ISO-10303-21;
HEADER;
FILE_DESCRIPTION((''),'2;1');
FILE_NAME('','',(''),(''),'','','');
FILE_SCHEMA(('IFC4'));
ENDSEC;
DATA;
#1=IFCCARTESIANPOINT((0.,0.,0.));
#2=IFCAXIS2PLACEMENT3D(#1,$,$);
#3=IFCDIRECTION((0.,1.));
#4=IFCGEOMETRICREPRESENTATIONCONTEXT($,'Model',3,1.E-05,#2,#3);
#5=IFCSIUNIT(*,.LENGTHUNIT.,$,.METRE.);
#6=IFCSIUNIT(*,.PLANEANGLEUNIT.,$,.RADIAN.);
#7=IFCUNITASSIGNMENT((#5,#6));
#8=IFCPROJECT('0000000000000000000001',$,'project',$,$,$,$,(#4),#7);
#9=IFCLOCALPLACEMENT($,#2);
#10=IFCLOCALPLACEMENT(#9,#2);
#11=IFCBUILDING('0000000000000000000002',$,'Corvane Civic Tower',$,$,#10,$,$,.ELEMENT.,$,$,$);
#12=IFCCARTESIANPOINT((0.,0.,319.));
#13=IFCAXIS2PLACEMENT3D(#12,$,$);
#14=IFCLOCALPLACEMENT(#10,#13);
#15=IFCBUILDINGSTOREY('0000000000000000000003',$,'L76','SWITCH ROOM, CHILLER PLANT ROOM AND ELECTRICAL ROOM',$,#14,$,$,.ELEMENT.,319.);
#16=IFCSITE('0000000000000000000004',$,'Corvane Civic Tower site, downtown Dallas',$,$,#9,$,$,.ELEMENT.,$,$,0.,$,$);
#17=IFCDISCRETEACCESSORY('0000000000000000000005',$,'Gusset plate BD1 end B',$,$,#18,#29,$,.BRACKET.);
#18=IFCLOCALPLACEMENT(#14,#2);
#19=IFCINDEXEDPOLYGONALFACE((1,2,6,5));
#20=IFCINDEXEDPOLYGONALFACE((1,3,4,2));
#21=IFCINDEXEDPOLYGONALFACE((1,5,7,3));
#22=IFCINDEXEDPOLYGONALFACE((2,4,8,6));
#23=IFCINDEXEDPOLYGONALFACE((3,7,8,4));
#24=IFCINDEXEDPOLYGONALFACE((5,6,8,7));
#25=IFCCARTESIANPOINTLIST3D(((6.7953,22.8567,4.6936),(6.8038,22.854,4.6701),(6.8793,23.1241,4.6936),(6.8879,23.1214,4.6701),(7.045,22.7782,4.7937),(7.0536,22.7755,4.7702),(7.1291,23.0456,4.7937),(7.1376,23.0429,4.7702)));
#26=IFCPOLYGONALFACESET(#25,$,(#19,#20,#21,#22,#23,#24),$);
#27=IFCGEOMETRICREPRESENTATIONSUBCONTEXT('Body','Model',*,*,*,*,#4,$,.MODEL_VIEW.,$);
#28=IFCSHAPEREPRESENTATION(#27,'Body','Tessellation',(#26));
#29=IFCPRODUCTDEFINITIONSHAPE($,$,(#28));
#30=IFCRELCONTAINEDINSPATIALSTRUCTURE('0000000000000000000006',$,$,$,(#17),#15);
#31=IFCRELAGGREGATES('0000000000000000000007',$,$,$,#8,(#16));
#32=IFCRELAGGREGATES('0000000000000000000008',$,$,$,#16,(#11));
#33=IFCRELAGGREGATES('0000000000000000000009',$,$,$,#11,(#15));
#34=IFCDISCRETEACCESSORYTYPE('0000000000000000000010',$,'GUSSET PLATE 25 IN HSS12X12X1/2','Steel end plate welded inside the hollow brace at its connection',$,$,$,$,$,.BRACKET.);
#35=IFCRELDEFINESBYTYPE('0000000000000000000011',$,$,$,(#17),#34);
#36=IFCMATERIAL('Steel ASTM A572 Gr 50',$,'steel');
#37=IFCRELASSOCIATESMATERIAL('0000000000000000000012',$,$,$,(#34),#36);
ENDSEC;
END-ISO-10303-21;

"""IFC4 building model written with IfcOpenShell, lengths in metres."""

from ifc_helpers import new_model, si_unit, direction, frame, origin, origin_2d, place, context, subcontext, project, spatial, rectangle, extrude, material, material_profile, profile_set, type_object, element, save


model = new_model("IFC4")

# Units and contexts
model_context = context("Model", 3, precision=1e-05, world=origin(), true_north=direction((0.0, 1.0)))
body_context = subcontext(model_context, "Body", "Model", "MODEL_VIEW")
ifc_project = project(units=[si_unit("LENGTHUNIT", "METRE"), si_unit("PLANEANGLEUNIT", "RADIAN")], contexts=[model_context])

# Site, building, storey
site_placement = place(None, origin())
site = spatial("IfcSite", under=ifc_project, at=site_placement, Name="Corvane Civic Tower site, downtown Dallas", CompositionType="ELEMENT", RefElevation=0.0)
building_placement = place(site_placement, origin())
building = spatial("IfcBuilding", under=site, at=building_placement, Name="Corvane Civic Tower", CompositionType="ELEMENT")
storey_placement = place(building_placement, frame((0.0, 0.0, 319.0)))
storey = spatial("IfcBuildingStorey", under=building, at=storey_placement, Name="L76", Description="SWITCH ROOM, CHILLER PLANT ROOM AND ELECTRICAL ROOM", CompositionType="ELEMENT", Elevation=319.0)

# Discrete accessory
ifc_material_1 = material(Name="Steel ASTM A572 Gr 50", Category="steel")
ifc_material_profile_1 = material_profile(ifc_material_1, rectangle(XDim=0.2803, YDim=0.2803, at=origin_2d()), Name="GUSSET PLATE 25 IN HSS12X12X1/2")
ifc_profile_set_1 = profile_set([ifc_material_profile_1], Name="Steel ASTM A572 Gr 50")
discrete_accessory_type = type_object("IfcDiscreteAccessoryType", Name="GUSSET PLATE 25 IN HSS12X12X1/2", Description="Steel end plate welded inside the hollow brace at its connection", PredefinedType="BRACKET", material=ifc_profile_set_1)
discrete_accessory_1_placement = place(storey_placement, frame((6.9622, 22.9512, 4.7437), z_axis=(0.340561, -0.107033, -0.93411), x_axis=(0.299827, 0.953994, 0.0)))
element("IfcDiscreteAccessory", 1, at=discrete_accessory_1_placement, inside=storey, type_object=discrete_accessory_type, Name="Gusset plate BD1 end B", PredefinedType="BRACKET", context=body_context, shape_type="SweptSolid", body=[
    extrude(rectangle(XDim=0.2803, YDim=0.2803, at=origin_2d()), origin(), (0.0, 0.0, 1.0), 0.0251),
])

save(model, "model.ifc")
